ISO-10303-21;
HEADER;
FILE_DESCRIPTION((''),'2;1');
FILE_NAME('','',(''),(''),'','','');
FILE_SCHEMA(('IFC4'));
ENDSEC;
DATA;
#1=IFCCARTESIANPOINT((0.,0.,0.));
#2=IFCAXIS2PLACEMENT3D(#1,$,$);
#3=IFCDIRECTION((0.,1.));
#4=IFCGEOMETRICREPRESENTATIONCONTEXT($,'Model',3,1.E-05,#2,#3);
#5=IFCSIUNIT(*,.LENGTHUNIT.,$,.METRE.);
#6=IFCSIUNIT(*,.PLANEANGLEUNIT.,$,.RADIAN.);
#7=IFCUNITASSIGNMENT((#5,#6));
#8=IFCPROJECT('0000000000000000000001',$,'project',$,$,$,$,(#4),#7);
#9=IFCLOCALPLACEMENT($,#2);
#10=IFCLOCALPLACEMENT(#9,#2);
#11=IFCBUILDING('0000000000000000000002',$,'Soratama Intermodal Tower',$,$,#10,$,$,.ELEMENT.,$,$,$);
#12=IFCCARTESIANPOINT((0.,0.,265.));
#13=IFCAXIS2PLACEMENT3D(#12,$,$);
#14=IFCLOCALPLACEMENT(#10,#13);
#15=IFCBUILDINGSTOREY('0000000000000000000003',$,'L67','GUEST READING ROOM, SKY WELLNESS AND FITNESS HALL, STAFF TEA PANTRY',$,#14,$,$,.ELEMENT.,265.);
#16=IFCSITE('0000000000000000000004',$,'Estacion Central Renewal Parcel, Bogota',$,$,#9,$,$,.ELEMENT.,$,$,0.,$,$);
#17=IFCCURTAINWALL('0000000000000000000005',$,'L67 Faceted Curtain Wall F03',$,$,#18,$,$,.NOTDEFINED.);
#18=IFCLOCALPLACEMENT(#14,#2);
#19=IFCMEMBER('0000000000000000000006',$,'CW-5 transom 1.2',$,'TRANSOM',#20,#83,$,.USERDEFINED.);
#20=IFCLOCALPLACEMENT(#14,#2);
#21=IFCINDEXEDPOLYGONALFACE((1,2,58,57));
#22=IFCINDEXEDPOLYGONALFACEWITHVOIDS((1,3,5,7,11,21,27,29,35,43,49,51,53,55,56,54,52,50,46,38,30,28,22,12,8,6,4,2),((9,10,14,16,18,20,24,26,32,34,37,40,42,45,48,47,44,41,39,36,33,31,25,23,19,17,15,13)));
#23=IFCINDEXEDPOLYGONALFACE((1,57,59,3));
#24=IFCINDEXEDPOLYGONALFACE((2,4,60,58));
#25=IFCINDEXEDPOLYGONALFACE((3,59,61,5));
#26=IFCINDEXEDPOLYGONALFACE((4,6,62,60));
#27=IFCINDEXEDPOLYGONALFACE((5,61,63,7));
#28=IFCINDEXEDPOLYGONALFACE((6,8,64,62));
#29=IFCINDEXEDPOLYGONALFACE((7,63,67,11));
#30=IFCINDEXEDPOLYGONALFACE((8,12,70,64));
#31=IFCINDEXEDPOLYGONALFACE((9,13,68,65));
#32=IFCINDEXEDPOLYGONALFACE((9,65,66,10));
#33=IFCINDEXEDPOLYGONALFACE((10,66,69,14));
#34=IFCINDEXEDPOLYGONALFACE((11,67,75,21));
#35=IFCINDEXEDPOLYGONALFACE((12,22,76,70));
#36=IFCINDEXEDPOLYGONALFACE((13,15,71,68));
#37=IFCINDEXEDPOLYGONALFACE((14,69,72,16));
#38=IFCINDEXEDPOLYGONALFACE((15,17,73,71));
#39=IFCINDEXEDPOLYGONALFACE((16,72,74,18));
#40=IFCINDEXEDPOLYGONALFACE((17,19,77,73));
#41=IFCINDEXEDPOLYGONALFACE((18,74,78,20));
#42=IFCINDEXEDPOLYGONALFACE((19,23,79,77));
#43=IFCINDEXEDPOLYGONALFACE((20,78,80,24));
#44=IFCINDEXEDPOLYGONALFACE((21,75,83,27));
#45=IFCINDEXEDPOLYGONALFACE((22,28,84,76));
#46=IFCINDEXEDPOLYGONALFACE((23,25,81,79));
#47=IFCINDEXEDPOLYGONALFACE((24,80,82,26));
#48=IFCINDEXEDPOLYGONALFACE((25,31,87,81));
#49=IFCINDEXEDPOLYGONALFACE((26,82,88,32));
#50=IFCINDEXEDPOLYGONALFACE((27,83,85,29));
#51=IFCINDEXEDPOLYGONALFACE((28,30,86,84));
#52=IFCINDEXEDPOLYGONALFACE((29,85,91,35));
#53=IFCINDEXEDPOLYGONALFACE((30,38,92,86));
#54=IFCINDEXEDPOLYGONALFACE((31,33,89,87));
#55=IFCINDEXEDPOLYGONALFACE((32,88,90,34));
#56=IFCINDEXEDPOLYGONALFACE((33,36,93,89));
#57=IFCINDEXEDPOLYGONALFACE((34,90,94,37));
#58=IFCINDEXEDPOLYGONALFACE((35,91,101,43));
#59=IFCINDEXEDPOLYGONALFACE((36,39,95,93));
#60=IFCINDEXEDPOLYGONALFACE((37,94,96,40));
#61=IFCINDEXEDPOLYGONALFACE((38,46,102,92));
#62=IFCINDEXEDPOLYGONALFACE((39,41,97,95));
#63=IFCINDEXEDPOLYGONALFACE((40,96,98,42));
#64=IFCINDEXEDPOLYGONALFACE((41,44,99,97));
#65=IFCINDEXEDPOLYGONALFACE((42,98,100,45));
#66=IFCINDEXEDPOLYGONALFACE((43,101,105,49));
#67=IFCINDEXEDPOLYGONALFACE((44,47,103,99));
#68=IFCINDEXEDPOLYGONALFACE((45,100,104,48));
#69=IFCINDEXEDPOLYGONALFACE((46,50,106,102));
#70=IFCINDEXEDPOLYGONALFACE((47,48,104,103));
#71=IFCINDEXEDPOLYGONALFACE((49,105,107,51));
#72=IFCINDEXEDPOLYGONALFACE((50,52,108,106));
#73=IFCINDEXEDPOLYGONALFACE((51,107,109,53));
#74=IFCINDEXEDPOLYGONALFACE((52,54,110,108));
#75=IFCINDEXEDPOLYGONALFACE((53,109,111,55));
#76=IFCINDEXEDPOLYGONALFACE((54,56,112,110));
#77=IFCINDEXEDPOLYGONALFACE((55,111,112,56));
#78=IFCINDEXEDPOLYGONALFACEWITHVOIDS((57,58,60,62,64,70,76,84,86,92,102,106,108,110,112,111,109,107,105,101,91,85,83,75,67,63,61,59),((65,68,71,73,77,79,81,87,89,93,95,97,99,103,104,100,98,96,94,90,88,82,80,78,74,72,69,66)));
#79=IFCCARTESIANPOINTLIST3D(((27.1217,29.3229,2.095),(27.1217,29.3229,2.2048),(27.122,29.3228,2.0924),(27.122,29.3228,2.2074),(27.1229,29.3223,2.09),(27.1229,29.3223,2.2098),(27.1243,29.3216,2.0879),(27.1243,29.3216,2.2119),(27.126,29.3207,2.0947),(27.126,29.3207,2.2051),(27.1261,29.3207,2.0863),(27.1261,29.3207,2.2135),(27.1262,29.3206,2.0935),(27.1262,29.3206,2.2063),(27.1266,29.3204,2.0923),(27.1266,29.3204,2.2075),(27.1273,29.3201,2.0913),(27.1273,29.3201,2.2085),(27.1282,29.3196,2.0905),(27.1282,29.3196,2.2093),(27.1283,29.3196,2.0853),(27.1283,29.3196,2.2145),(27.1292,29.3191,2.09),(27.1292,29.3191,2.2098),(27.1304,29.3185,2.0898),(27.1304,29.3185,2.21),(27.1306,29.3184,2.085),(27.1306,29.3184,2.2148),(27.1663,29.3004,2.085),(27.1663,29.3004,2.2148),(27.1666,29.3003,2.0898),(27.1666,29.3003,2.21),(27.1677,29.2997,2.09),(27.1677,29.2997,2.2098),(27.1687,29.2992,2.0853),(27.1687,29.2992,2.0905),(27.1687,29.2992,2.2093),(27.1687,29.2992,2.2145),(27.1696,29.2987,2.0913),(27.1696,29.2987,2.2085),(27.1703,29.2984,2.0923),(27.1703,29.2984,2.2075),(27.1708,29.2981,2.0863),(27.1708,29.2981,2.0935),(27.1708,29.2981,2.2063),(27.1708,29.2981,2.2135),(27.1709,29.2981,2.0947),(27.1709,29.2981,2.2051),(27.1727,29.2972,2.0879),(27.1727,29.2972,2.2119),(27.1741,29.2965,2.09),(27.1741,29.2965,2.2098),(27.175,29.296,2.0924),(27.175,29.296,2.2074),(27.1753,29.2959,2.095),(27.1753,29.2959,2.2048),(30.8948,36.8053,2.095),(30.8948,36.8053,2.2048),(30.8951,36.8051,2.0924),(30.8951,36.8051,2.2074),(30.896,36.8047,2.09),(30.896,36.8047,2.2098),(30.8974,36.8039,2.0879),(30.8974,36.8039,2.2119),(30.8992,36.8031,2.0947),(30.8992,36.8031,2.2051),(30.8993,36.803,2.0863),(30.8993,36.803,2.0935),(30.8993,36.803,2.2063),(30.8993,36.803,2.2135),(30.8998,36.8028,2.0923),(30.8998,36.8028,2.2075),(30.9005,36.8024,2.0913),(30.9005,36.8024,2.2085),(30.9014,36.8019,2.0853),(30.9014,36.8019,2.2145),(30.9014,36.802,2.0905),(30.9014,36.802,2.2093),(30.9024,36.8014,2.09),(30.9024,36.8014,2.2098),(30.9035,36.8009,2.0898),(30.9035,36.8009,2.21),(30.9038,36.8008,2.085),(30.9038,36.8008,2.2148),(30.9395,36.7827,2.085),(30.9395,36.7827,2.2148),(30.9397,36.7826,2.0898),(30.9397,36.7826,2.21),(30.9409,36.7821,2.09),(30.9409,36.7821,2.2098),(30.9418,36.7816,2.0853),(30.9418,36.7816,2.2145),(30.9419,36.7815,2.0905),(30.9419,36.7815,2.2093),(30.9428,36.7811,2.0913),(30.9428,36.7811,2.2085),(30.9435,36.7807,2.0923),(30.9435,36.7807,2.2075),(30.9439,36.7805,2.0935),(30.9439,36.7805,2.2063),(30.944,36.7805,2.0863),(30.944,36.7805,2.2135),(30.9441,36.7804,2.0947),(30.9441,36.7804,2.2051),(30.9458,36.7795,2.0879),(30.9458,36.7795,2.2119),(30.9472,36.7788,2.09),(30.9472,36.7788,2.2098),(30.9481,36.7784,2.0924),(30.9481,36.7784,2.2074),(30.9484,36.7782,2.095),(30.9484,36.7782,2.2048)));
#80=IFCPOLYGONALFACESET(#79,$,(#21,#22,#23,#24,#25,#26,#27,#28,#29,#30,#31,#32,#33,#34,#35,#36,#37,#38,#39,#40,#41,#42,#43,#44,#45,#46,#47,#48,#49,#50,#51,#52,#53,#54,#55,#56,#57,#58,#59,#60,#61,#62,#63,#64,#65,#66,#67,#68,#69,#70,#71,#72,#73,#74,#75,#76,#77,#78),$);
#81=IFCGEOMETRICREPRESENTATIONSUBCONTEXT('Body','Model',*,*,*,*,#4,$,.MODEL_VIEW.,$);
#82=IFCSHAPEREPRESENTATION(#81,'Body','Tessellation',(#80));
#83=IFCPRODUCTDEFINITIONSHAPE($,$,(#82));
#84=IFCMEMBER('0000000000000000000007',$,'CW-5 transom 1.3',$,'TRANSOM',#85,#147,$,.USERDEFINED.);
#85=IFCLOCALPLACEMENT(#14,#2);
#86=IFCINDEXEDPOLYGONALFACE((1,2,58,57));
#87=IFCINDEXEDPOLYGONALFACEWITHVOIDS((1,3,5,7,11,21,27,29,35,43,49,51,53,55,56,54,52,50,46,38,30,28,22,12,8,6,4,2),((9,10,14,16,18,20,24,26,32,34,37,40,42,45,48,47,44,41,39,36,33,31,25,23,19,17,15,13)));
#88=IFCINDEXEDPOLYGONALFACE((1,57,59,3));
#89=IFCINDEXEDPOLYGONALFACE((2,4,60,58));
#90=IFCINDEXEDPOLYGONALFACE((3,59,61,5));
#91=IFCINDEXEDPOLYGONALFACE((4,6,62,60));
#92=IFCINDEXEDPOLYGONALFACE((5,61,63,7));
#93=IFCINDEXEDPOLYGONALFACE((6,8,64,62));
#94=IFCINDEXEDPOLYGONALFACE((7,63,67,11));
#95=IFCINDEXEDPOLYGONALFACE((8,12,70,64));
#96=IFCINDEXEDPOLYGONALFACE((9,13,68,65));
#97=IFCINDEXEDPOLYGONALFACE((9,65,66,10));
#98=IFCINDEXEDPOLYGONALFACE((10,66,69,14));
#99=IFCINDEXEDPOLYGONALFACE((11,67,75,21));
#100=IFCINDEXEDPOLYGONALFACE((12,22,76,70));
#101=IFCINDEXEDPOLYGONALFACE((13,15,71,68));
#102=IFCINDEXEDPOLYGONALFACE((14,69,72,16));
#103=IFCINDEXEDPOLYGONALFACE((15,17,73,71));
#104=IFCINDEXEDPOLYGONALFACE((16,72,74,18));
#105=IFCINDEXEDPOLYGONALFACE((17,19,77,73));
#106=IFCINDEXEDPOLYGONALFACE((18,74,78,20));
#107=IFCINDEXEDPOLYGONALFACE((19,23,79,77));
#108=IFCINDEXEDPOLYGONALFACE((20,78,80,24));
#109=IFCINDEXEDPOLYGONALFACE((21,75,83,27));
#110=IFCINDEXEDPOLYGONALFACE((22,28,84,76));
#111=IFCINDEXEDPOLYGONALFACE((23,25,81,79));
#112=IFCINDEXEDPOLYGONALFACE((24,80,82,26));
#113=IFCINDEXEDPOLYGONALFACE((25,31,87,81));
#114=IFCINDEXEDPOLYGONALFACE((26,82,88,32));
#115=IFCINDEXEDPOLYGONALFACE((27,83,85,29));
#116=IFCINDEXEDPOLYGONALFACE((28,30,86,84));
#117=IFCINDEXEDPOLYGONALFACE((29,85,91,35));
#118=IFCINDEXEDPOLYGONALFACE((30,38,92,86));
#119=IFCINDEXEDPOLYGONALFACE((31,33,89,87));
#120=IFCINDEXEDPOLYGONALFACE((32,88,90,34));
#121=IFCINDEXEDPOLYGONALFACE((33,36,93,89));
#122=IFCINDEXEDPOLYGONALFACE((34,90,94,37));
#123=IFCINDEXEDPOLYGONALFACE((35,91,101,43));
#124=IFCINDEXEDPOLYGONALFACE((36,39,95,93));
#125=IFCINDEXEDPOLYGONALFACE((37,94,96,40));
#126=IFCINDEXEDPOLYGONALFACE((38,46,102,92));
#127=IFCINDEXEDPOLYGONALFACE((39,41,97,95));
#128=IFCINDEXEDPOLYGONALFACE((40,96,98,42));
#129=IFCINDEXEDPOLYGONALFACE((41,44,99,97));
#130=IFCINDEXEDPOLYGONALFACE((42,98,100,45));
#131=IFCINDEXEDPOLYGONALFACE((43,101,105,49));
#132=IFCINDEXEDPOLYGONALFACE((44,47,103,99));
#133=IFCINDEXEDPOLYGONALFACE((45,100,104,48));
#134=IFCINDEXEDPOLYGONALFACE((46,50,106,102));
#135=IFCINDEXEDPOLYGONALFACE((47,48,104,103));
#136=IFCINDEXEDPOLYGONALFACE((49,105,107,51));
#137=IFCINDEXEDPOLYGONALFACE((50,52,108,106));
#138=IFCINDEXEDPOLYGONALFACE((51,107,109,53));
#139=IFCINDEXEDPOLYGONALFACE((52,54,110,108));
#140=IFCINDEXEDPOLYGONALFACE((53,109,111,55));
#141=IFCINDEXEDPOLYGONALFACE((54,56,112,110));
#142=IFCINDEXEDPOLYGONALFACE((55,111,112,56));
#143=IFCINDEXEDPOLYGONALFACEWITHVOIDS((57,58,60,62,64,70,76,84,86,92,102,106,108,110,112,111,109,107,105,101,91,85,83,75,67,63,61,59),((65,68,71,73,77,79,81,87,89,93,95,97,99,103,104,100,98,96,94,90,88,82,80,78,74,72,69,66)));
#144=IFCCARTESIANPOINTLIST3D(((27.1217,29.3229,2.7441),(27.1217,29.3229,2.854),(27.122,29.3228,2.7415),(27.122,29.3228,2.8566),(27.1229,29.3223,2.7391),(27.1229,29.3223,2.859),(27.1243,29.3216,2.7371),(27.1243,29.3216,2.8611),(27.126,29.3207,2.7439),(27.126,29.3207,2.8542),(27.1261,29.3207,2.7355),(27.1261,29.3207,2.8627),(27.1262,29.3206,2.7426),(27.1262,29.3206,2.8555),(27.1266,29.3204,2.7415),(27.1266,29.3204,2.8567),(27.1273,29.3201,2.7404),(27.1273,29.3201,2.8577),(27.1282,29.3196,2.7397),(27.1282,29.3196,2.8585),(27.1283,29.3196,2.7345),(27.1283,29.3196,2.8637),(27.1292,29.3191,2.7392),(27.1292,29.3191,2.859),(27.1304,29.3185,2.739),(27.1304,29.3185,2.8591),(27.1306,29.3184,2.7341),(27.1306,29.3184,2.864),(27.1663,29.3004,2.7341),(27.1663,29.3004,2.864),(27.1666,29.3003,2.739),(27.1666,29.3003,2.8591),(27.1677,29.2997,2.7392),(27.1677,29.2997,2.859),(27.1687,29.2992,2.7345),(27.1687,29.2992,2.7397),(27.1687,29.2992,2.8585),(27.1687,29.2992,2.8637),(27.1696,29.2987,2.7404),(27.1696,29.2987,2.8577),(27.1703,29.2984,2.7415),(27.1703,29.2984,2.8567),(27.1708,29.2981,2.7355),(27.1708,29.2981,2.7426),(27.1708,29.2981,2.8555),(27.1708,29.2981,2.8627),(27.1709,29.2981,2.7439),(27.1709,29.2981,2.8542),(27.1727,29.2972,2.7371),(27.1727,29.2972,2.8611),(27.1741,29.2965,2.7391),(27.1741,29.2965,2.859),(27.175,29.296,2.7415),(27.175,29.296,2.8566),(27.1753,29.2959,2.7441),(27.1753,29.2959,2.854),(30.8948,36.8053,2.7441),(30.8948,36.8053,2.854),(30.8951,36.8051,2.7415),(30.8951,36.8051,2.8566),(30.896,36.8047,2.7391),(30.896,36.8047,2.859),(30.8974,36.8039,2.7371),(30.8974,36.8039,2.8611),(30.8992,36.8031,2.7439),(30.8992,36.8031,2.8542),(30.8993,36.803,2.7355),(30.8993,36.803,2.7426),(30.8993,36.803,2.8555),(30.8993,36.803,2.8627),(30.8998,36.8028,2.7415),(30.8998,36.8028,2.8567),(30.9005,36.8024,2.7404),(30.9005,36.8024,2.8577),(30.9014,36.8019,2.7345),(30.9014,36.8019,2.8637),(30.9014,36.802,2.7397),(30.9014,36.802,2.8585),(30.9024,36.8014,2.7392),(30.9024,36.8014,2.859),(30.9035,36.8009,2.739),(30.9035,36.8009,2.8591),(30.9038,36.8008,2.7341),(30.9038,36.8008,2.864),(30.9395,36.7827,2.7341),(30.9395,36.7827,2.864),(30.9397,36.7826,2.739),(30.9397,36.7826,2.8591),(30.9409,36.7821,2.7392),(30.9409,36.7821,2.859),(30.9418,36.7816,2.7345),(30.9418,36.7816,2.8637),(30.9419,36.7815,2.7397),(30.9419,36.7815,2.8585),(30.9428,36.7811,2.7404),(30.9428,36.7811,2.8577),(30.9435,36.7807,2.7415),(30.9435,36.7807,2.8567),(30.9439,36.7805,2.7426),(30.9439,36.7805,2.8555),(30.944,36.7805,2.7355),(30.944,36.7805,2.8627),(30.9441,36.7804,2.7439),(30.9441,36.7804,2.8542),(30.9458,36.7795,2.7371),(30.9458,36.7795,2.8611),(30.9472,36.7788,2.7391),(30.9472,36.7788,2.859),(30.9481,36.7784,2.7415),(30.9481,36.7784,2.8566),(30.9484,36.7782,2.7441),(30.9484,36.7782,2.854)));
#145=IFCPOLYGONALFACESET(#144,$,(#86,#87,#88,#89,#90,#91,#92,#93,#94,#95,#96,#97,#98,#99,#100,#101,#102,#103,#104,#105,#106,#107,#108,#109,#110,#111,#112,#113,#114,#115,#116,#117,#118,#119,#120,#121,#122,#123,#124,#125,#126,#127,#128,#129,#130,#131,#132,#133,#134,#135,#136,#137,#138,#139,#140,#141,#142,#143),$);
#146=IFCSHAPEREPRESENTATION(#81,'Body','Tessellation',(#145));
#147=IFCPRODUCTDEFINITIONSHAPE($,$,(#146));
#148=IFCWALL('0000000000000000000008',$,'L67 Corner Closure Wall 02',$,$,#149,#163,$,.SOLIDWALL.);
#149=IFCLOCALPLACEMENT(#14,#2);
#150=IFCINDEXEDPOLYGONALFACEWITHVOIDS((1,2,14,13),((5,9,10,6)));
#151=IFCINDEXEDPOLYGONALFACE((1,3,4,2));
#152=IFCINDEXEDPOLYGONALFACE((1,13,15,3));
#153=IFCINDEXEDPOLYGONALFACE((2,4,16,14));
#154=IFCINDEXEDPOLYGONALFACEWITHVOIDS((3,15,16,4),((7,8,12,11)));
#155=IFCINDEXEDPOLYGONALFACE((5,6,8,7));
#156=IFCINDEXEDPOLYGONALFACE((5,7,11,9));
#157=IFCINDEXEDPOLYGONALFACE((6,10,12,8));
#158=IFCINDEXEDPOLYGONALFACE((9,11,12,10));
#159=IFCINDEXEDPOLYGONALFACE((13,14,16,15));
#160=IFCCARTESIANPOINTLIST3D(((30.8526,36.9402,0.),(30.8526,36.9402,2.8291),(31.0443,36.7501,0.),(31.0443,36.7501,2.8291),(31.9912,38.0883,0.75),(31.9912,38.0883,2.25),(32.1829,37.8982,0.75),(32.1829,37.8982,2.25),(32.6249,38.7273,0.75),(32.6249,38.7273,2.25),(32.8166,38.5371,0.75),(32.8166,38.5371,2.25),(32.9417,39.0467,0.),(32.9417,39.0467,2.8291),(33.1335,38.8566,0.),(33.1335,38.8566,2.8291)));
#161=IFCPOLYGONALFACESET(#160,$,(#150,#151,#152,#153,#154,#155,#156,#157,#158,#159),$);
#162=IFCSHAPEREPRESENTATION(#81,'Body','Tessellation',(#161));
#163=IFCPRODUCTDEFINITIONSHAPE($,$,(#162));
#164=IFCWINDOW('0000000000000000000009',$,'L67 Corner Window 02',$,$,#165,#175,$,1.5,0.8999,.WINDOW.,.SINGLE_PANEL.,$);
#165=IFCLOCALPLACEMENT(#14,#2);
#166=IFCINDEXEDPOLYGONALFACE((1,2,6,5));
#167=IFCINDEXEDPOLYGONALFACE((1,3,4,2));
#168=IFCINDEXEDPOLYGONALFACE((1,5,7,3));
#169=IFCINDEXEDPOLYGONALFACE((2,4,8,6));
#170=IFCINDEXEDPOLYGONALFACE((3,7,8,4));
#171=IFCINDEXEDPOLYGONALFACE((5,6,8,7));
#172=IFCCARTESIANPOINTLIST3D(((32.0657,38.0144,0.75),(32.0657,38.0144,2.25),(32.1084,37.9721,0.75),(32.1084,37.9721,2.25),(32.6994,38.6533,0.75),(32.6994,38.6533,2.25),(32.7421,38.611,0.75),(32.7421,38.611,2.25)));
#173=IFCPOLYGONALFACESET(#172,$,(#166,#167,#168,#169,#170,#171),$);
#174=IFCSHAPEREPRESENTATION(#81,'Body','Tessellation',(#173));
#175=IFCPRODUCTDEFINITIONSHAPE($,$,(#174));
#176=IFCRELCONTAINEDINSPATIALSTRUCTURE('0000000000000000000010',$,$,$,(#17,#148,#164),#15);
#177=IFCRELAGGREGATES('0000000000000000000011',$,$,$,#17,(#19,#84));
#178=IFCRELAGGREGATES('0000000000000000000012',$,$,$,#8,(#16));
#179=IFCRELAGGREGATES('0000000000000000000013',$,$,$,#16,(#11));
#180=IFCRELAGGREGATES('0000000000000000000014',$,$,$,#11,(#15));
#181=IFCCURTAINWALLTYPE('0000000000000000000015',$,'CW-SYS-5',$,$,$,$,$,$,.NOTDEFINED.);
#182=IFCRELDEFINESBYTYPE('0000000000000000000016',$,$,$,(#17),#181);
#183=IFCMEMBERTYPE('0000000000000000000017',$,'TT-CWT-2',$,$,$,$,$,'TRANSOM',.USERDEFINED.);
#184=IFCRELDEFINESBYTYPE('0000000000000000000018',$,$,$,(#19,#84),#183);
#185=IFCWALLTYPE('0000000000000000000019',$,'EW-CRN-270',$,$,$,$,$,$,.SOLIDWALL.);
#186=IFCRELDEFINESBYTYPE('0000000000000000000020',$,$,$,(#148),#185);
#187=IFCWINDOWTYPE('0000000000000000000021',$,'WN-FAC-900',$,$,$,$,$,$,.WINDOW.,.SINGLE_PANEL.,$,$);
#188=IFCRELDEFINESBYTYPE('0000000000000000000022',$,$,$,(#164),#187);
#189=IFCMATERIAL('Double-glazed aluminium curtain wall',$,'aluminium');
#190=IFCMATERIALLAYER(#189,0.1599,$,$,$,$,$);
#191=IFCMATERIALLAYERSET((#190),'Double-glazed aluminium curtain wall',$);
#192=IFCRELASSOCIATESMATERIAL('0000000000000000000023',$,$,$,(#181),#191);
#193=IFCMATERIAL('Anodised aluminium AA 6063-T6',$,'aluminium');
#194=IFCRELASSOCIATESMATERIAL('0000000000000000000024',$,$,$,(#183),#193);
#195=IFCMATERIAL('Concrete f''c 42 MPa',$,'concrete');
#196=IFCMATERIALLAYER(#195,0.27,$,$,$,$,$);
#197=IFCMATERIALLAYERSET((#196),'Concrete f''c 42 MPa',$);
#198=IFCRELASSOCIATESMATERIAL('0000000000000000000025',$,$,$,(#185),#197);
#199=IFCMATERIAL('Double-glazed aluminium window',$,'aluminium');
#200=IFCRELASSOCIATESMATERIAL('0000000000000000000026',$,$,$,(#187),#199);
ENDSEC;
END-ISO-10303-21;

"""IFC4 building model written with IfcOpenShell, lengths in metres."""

from ifc_helpers import new_model, si_unit, direction, frame, frame_2d, origin, origin_2d, place, context, subcontext, project, spatial, rectangle, hollow_rectangle, extrude, material, layer, layer_set, material_profile, profile_set, type_object, element, fill, aggregate, save


model = new_model("IFC4")

# Units and contexts
model_context = context("Model", 3, precision=1e-05, world=origin(), true_north=direction((0.0, 1.0)))
body_context = subcontext(model_context, "Body", "Model", "MODEL_VIEW")
ifc_project = project(units=[si_unit("LENGTHUNIT", "METRE"), si_unit("PLANEANGLEUNIT", "RADIAN")], contexts=[model_context])

# Site, building, storey
site_placement = place(None, origin())
site = spatial("IfcSite", under=ifc_project, at=site_placement, Name="Estacion Central Renewal Parcel, Bogota", CompositionType="ELEMENT", RefElevation=0.0)
building_placement = place(site_placement, origin())
building = spatial("IfcBuilding", under=site, at=building_placement, Name="Soratama Intermodal Tower", CompositionType="ELEMENT")
storey_placement = place(building_placement, frame((0.0, 0.0, 265.0)))
storey = spatial("IfcBuildingStorey", under=building, at=storey_placement, Name="L67", Description="GUEST READING ROOM, SKY WELLNESS AND FITNESS HALL, STAFF TEA PANTRY", CompositionType="ELEMENT", Elevation=265.0)

# Shared definitions
ifc_material_1 = material(Name="Double-glazed aluminium curtain wall", Category="aluminium")
ifc_layer_1 = layer(ifc_material_1, 0.1599)
ifc_layer_set_1 = layer_set([ifc_layer_1], Name="Double-glazed aluminium curtain wall")
curtain_wall_type = type_object("IfcCurtainWallType", Name="CW-SYS-5", PredefinedType="NOTDEFINED", material=ifc_layer_set_1)

# Curtain wall, members
curtain_wall_1_placement = place(storey_placement, origin())
curtain_wall_1 = element("IfcCurtainWall", 1, at=curtain_wall_1_placement, inside=storey, type_object=curtain_wall_type, Name="L67 Faceted Curtain Wall F03", PredefinedType="NOTDEFINED")
ifc_material_2 = material(Name="Anodised aluminium AA 6063-T6", Category="aluminium")
ifc_material_profile_1 = material_profile(ifc_material_2, hollow_rectangle(XDim=0.0601, YDim=0.1299, WallThickness=0.0049, InnerFilletRadius=0.0049, OuterFilletRadius=0.01, at=origin_2d()), Name="CWT130X60X5")
ifc_profile_set_1 = profile_set([ifc_material_profile_1], Name="Anodised aluminium AA 6063-T6")
member_type_1 = type_object("IfcMemberType", Name="TT-CWT-2", ElementType="TRANSOM", PredefinedType="USERDEFINED", material=ifc_profile_set_1)
member_1_placement = place(storey_placement, frame((30.9216, 36.7917, 2.1499), z_axis=(-0.450264, -0.892895, 0.0), x_axis=(0.892895, -0.450264, 0.0)))
member_1 = element("IfcMember", 2, at=member_1_placement, type_object=member_type_1, Name="CW-5 transom 1.2", ObjectType="TRANSOM", PredefinedType="USERDEFINED", context=body_context, shape_type="SweptSolid", body=[
    extrude(hollow_rectangle(XDim=0.0601, YDim=0.1299, WallThickness=0.0049, InnerFilletRadius=0.0049, OuterFilletRadius=0.01, at=origin_2d()), origin(), (0.0, 0.0, 1.0), 8.3799),
])
member_2_placement = place(storey_placement, frame((30.9216, 36.7917, 2.7991), z_axis=(-0.450264, -0.892895, 0.0), x_axis=(0.892895, -0.450264, 0.0)))
member_2 = element("IfcMember", 3, at=member_2_placement, type_object=member_type_1, Name="CW-5 transom 1.3", ObjectType="TRANSOM", PredefinedType="USERDEFINED", context=body_context, shape_type="SweptSolid", body=[
    extrude(hollow_rectangle(XDim=0.0601, YDim=0.1299, WallThickness=0.0049, InnerFilletRadius=0.0049, OuterFilletRadius=0.01, at=origin_2d()), origin(), (0.0, 0.0, 1.0), 8.3799),
])
aggregate(curtain_wall_1, [member_1, member_2])

# Wall, opening, window
ifc_material_3 = material(Name="Concrete f'c 42 MPa", Category="concrete")
ifc_layer_2 = layer(ifc_material_3, 0.27)
ifc_layer_set_2 = layer_set([ifc_layer_2], Name="Concrete f'c 42 MPa")
wall_type_1 = type_object("IfcWallType", Name="EW-CRN-270", PredefinedType="SOLIDWALL", material=ifc_layer_set_2)
wall_1_placement = place(storey_placement, frame((33.0376, 38.9517, 0.0), z_axis=(0.0, 0.0, 1.0), x_axis=(-0.704179, -0.710022, 0.0)))
wall_1 = element("IfcWall", 4, at=wall_1_placement, inside=storey, type_object=wall_type_1, Name="L67 Corner Closure Wall 02", PredefinedType="SOLIDWALL", context=body_context, shape_type="SweptSolid", body=[
    extrude(rectangle(XDim=2.9668, YDim=0.27, at=frame_2d((1.4834, 0.0))), origin(), (0.0, 0.0, 1.0), 2.8291),
])
opening_1_placement = place(wall_1_placement, frame((0.45, 0.0, 0.75)))
opening_1 = element("IfcOpeningElement", 5, at=opening_1_placement, cuts=wall_1, PredefinedType="OPENING", context=body_context, shape_type="SweptSolid", body=[
    extrude(rectangle(XDim=0.8999, YDim=1.5, at=frame_2d((0.45, 0.75))), frame((0.0, 0.145, 0.0), z_axis=(0.0, -1.0, 0.0), x_axis=(1.0, 0.0, 0.0)), (0.0, 0.0, 1.0), 0.29),
])
ifc_material_4 = material(Name="Double-glazed aluminium window", Category="aluminium")
window_type = type_object("IfcWindowType", Name="WN-FAC-900", PartitioningType="SINGLE_PANEL", PredefinedType="WINDOW", material=ifc_material_4)
window_placement = place(opening_1_placement, origin())
window = element("IfcWindow", 6, at=window_placement, inside=storey, type_object=window_type, Name="L67 Corner Window 02", OverallHeight=1.5, OverallWidth=0.8999, PartitioningType="SINGLE_PANEL", PredefinedType="WINDOW", context=body_context, shape_type="SweptSolid", body=[
    extrude(rectangle(XDim=0.8999, YDim=1.5, at=frame_2d((0.45, 0.75))), frame((0.0, 0.03, 0.0), z_axis=(0.0, -1.0, 0.0), x_axis=(1.0, 0.0, 0.0)), (0.0, 0.0, 1.0), 0.0601),
])
fill(opening_1, window)

save(model, "model.ifc")
